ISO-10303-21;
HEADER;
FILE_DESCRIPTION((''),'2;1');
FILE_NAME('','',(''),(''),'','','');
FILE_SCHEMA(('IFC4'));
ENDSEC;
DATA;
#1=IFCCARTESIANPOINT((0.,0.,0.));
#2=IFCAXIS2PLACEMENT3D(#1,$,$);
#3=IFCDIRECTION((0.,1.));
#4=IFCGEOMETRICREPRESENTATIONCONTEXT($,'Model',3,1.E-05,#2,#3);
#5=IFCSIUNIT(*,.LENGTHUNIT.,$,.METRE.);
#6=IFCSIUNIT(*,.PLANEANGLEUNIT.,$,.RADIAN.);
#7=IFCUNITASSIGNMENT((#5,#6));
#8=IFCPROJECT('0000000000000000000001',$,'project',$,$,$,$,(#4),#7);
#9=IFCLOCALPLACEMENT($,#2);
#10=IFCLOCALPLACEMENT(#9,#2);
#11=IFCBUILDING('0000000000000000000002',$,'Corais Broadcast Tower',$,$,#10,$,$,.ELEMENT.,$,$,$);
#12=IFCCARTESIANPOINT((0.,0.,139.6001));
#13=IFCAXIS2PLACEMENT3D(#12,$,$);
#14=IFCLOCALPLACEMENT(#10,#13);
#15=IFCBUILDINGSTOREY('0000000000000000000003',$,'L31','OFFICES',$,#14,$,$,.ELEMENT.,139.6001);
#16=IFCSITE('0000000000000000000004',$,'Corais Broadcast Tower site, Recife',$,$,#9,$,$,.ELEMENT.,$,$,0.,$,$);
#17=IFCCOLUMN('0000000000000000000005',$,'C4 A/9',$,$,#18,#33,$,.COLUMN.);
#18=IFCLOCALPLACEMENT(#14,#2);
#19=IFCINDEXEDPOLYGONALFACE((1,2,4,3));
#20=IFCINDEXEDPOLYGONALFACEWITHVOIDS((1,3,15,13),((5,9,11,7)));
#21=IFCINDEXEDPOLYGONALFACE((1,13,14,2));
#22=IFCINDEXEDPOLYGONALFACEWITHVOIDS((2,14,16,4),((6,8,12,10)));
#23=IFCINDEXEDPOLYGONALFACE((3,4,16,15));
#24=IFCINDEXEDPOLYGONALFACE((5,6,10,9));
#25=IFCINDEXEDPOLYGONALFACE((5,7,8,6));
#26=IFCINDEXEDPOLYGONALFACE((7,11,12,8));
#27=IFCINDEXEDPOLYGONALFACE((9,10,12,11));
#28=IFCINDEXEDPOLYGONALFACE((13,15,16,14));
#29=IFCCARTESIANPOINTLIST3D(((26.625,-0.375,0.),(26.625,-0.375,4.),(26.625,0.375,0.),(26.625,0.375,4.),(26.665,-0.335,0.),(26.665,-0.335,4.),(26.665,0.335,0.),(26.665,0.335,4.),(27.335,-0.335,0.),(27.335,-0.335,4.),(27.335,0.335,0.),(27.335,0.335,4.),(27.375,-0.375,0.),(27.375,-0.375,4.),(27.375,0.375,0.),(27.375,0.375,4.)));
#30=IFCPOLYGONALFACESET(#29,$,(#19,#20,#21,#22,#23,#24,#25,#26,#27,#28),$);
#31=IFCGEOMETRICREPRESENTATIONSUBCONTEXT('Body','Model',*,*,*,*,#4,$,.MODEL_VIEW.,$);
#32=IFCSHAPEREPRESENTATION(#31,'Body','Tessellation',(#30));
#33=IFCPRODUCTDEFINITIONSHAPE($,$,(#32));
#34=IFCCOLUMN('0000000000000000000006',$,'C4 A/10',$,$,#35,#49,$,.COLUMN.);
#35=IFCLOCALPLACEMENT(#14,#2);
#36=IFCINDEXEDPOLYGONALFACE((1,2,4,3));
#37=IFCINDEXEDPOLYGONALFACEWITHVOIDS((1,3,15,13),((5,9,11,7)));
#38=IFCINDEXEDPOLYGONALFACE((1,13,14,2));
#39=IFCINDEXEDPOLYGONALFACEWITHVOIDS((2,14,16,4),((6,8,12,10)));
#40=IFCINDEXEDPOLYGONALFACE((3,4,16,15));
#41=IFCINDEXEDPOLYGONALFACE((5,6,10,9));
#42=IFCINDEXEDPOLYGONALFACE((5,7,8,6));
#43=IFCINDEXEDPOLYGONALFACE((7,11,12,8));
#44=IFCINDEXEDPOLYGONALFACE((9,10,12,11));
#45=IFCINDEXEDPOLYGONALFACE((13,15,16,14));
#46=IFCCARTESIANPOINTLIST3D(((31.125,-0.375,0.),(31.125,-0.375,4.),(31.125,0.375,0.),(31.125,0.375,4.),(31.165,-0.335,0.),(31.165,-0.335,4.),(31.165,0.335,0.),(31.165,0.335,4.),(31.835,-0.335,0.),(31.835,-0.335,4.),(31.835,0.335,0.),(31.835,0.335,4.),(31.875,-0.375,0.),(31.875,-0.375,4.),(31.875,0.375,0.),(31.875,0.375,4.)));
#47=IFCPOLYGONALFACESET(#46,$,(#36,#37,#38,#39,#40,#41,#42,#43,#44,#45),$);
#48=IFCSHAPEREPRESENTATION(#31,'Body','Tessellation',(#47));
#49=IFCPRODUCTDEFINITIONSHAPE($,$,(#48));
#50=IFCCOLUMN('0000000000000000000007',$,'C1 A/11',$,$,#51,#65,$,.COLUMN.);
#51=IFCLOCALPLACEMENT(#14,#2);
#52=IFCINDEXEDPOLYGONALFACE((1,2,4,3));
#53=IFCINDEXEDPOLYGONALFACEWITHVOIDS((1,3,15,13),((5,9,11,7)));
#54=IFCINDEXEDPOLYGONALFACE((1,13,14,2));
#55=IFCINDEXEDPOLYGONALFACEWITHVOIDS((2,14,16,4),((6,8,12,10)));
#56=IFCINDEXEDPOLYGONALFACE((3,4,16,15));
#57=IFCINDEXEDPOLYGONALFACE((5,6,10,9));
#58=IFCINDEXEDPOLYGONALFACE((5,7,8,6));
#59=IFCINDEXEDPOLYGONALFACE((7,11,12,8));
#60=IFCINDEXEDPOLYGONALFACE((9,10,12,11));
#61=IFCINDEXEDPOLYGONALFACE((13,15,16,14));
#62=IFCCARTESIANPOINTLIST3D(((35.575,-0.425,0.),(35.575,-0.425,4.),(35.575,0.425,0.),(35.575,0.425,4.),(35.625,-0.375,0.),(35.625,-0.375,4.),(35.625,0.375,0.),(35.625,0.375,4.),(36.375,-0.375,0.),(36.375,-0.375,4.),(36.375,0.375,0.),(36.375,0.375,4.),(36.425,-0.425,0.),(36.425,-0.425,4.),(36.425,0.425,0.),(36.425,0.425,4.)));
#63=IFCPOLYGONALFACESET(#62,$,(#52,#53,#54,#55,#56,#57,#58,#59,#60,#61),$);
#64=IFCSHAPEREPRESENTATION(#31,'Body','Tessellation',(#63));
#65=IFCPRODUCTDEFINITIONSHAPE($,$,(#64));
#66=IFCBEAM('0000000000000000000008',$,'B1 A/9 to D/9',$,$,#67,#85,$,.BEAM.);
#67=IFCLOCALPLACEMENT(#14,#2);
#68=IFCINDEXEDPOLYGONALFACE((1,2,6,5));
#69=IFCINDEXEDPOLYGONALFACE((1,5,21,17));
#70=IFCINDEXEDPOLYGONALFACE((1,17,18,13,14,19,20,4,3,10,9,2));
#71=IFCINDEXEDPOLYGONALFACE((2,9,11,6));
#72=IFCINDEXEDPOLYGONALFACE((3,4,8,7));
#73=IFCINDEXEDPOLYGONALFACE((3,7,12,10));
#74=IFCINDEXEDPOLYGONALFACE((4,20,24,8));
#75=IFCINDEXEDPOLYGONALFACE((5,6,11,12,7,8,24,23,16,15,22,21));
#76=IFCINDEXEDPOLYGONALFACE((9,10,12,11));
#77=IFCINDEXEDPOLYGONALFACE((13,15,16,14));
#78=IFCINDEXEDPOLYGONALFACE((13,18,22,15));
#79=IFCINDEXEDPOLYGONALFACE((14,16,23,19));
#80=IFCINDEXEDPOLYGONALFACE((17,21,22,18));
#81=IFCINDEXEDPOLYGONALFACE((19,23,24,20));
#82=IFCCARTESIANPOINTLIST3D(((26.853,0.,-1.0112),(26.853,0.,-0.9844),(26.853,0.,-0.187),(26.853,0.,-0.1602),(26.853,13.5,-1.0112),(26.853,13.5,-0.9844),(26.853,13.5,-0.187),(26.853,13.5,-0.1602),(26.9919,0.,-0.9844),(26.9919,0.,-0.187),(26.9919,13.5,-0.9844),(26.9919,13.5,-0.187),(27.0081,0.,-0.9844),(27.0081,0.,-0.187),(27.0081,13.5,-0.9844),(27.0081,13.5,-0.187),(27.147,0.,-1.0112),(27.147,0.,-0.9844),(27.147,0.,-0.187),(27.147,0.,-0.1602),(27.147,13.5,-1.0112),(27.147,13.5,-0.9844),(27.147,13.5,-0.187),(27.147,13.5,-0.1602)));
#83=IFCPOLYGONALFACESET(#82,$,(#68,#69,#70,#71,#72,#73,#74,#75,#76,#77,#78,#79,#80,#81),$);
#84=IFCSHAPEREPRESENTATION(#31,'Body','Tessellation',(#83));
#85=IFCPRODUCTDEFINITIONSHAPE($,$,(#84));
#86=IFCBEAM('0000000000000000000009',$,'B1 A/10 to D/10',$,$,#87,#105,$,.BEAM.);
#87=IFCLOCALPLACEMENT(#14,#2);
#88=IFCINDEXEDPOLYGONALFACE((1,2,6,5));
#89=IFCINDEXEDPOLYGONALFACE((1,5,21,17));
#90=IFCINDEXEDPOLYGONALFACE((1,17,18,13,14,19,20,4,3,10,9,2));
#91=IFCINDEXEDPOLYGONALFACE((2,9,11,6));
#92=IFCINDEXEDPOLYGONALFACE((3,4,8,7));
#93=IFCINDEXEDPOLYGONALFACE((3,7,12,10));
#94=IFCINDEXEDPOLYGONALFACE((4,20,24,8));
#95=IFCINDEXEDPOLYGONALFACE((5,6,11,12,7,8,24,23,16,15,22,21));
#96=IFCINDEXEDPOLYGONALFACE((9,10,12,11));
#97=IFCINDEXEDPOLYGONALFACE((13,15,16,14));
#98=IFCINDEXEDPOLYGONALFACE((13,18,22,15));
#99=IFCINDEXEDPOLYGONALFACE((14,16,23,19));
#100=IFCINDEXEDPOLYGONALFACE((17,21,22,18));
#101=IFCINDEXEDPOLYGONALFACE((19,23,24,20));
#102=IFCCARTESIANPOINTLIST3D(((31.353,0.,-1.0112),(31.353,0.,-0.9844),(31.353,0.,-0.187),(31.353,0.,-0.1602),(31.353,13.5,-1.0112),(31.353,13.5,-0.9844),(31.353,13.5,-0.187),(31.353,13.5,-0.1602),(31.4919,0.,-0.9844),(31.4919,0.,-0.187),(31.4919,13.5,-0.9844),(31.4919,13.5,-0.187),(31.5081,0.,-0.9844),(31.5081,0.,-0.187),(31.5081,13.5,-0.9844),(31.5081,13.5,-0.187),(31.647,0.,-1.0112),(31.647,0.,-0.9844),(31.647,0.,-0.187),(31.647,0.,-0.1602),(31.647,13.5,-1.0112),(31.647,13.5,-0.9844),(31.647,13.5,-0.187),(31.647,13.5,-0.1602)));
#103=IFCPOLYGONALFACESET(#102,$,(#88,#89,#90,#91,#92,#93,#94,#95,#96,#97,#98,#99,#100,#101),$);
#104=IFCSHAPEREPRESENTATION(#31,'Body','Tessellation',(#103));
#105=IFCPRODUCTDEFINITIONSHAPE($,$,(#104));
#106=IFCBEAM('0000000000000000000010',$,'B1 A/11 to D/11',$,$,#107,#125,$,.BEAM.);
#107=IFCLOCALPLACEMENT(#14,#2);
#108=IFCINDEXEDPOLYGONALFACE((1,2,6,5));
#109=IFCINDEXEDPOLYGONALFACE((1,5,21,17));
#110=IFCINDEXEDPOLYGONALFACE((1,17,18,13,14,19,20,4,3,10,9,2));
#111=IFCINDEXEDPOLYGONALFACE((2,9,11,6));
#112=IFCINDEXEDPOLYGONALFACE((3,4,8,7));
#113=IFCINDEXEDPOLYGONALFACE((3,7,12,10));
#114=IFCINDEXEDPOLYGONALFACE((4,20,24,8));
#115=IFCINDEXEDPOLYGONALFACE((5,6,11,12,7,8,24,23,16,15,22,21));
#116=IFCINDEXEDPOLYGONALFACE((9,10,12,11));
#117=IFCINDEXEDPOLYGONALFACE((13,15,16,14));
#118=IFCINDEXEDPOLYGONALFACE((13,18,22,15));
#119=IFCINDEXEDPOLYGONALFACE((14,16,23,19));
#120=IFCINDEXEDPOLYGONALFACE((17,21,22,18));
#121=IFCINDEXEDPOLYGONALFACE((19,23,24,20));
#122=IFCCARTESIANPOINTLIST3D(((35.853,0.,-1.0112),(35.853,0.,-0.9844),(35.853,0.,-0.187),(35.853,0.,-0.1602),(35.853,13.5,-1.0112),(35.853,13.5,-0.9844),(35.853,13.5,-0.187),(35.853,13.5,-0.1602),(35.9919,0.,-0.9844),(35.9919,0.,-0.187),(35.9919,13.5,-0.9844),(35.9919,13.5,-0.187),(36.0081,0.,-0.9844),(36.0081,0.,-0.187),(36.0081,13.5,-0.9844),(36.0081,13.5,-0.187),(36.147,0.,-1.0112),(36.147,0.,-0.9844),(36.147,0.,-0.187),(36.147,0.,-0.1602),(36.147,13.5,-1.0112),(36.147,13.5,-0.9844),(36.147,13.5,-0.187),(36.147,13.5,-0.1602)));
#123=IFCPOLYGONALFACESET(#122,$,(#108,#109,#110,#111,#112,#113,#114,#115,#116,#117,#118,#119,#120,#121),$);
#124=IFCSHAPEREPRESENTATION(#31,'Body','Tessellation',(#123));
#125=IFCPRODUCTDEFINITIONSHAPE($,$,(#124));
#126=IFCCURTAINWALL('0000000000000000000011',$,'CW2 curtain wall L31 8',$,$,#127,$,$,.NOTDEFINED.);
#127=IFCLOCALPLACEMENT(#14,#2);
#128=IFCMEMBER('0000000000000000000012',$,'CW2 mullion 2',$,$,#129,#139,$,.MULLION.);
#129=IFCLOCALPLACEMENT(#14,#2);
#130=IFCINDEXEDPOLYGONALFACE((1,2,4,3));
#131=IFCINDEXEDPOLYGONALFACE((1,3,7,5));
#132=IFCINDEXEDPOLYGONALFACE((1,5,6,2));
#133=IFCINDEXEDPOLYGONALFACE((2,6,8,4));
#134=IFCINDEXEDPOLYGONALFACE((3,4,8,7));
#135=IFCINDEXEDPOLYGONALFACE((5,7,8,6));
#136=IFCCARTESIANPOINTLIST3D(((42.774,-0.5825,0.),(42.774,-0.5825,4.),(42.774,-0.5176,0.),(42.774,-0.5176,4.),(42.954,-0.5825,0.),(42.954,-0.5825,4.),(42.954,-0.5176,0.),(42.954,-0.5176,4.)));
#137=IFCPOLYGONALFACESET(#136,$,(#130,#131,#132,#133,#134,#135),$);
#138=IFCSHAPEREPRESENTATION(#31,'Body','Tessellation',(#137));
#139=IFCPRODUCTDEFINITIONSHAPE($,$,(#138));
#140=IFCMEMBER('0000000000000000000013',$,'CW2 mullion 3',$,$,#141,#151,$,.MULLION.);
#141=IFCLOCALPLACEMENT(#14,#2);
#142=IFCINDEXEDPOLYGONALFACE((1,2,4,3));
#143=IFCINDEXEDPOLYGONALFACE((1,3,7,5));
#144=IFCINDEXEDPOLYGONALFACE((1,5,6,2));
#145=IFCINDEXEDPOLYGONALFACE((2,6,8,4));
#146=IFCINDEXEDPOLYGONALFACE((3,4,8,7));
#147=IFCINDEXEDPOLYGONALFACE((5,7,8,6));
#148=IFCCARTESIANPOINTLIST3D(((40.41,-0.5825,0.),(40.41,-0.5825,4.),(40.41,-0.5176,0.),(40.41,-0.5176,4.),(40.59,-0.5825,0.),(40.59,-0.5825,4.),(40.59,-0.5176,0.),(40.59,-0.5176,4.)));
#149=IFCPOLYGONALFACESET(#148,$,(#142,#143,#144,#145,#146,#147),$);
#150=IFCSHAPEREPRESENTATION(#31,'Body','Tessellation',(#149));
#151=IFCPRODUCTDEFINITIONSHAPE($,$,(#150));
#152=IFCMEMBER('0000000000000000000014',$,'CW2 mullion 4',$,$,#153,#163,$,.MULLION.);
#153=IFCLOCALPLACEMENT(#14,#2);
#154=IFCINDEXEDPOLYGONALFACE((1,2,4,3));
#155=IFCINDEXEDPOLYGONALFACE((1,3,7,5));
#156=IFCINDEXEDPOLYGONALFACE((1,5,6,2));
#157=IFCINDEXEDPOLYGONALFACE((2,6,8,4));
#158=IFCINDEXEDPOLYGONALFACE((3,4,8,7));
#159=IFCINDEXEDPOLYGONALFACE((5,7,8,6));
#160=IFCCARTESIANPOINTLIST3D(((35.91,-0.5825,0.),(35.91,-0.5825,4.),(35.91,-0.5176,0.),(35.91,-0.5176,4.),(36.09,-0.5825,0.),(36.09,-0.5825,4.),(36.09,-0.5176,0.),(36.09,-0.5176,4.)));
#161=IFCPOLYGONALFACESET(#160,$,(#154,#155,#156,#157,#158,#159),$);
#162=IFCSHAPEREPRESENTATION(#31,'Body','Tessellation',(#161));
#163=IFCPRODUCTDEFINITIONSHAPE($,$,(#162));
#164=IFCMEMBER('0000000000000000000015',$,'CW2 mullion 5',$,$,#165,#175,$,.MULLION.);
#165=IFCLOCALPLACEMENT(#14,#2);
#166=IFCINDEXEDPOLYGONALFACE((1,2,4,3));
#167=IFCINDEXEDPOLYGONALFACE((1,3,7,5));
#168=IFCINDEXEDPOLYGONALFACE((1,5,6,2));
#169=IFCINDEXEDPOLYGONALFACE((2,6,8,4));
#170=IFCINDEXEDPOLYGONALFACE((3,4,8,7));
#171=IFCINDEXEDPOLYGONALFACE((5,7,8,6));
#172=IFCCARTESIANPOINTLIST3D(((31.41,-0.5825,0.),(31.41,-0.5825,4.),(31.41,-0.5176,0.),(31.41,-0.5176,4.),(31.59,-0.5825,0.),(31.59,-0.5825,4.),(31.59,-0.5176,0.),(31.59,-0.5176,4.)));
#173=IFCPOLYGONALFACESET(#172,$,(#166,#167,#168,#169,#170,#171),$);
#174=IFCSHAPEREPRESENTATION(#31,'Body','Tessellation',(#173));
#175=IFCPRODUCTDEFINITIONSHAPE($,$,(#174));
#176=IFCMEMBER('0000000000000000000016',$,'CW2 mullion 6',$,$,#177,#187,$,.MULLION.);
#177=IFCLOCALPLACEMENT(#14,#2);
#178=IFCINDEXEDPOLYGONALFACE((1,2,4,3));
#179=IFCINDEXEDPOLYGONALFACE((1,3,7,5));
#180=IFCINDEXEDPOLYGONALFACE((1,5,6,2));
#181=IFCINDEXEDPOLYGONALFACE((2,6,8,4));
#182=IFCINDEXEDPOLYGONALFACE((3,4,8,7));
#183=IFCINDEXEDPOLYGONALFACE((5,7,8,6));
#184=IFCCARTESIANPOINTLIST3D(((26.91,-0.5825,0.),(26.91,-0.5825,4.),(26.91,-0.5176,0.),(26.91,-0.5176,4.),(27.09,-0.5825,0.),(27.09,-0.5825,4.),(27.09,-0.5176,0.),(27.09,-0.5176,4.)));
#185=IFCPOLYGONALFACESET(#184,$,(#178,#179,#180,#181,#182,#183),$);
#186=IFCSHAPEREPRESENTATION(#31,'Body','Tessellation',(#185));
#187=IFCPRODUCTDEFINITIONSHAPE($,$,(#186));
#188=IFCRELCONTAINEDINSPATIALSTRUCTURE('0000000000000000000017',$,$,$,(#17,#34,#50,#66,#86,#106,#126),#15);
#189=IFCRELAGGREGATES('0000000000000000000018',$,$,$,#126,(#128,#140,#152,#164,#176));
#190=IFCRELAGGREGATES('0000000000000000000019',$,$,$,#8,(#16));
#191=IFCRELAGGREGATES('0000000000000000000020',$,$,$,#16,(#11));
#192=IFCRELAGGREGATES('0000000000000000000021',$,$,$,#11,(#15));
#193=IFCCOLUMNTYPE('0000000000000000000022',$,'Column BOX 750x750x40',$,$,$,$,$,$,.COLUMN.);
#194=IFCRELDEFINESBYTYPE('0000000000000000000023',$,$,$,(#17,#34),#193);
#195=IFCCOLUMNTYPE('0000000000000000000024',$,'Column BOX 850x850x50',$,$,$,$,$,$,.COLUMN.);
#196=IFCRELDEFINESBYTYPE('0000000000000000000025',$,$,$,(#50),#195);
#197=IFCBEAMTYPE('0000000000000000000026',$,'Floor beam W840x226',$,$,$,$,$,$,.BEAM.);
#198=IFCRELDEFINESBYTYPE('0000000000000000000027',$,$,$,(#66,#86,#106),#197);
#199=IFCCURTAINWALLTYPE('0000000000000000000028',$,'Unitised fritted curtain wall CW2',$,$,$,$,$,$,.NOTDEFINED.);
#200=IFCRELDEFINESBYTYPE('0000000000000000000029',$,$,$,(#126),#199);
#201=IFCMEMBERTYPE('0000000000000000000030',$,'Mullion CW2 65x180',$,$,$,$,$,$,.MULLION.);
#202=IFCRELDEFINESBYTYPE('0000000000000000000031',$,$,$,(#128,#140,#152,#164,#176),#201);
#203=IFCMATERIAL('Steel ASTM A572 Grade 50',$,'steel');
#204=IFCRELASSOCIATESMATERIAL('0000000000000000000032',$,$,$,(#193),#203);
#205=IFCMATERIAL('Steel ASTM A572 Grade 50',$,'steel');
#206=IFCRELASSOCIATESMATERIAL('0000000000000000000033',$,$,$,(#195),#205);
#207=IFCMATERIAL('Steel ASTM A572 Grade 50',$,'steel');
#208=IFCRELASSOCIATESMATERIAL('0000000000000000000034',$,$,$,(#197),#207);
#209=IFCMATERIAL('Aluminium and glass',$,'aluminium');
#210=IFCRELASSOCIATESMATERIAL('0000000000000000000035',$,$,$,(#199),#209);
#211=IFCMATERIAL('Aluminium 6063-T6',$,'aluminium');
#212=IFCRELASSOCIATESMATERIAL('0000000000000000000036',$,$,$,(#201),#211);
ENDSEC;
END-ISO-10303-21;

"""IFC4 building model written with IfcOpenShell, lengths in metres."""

from ifc_helpers import new_model, si_unit, direction, frame, origin, origin_2d, place, context, subcontext, project, spatial, rectangle, hollow_rectangle, i_section, extrude, material, material_profile, profile_set, type_object, element, aggregate, save


model = new_model("IFC4")

# Units and contexts
model_context = context("Model", 3, precision=1e-05, world=origin(), true_north=direction((0.0, 1.0)))
body_context = subcontext(model_context, "Body", "Model", "MODEL_VIEW")
ifc_project = project(units=[si_unit("LENGTHUNIT", "METRE"), si_unit("PLANEANGLEUNIT", "RADIAN")], contexts=[model_context])

# Site, building, storey
site_placement = place(None, origin())
site = spatial("IfcSite", under=ifc_project, at=site_placement, Name="Corais Broadcast Tower site, Recife", CompositionType="ELEMENT", RefElevation=0.0)
building_placement = place(site_placement, origin())
building = spatial("IfcBuilding", under=site, at=building_placement, Name="Corais Broadcast Tower", CompositionType="ELEMENT")
storey_placement = place(building_placement, frame((0.0, 0.0, 139.6001)))
storey = spatial("IfcBuildingStorey", under=building, at=storey_placement, Name="L31", Description="OFFICES", CompositionType="ELEMENT", Elevation=139.6001)

# Columns
ifc_material_1 = material(Name="Steel ASTM A572 Grade 50", Category="steel")
ifc_material_profile_1 = material_profile(ifc_material_1, hollow_rectangle(XDim=0.75, YDim=0.75, WallThickness=0.04, at=origin_2d()), Name="BOX 750x750x40")
ifc_profile_set_1 = profile_set([ifc_material_profile_1], Name="Steel ASTM A572 Grade 50")
column_type_1 = type_object("IfcColumnType", Name="Column BOX 750x750x40", PredefinedType="COLUMN", material=ifc_profile_set_1)
for number, where, z_axis, x_axis, name in (
    (1, (27.0, 0.0, 0.0), (0.0, 0.0, 1.0), (1.0, 0.0, 0.0), "C4 A/9"),
    (2, (31.5, 0.0, 0.0), (0.0, 0.0, 1.0), (1.0, 0.0, 0.0), "C4 A/10"),
):
    element("IfcColumn", number, at=place(storey_placement, frame(where, z_axis=z_axis, x_axis=x_axis)), inside=storey, type_object=column_type_1, Name=name, PredefinedType="COLUMN", context=body_context, shape_type="SweptSolid", body=[
        extrude(hollow_rectangle(XDim=0.75, YDim=0.75, WallThickness=0.04, at=origin_2d()), origin(), (0.0, 0.0, 1.0), 4.0),
    ])
ifc_material_2 = material(Name="Steel ASTM A572 Grade 50", Category="steel")
ifc_material_profile_2 = material_profile(ifc_material_2, hollow_rectangle(XDim=0.8501, YDim=0.8501, WallThickness=0.05, at=origin_2d()), Name="BOX 850x850x50")
ifc_profile_set_2 = profile_set([ifc_material_profile_2], Name="Steel ASTM A572 Grade 50")
column_type_2 = type_object("IfcColumnType", Name="Column BOX 850x850x50", PredefinedType="COLUMN", material=ifc_profile_set_2)
column_placement = place(storey_placement, frame((36.0, 0.0, 0.0), z_axis=(0.0, 0.0, 1.0), x_axis=(1.0, 0.0, 0.0)))
element("IfcColumn", 3, at=column_placement, inside=storey, type_object=column_type_2, Name="C1 A/11", PredefinedType="COLUMN", context=body_context, shape_type="SweptSolid", body=[
    extrude(hollow_rectangle(XDim=0.8501, YDim=0.8501, WallThickness=0.05, at=origin_2d()), origin(), (0.0, 0.0, 1.0), 4.0),
])

# Beams
ifc_material_3 = material(Name="Steel ASTM A572 Grade 50", Category="steel")
ifc_material_profile_3 = material_profile(ifc_material_3, i_section(OverallWidth=0.2939, OverallDepth=0.8511, WebThickness=0.0161, FlangeThickness=0.0269, at=origin_2d()), Name="W840x226")
ifc_profile_set_3 = profile_set([ifc_material_profile_3], Name="Steel ASTM A572 Grade 50")
beam_type_1 = type_object("IfcBeamType", Name="Floor beam W840x226", PredefinedType="BEAM", material=ifc_profile_set_3)
for number, where, z_axis, x_axis, name in (
    (4, (27.0, 0.0, -0.5857), (0.0, 1.0, 0.0), (-1.0, 0.0, 0.0), "B1 A/9 to D/9"),
    (5, (31.5, 0.0, -0.5857), (0.0, 1.0, 0.0), (-1.0, 0.0, 0.0), "B1 A/10 to D/10"),
    (6, (36.0, 0.0, -0.5857), (0.0, 1.0, 0.0), (-1.0, 0.0, 0.0), "B1 A/11 to D/11"),
):
    element("IfcBeam", number, at=place(storey_placement, frame(where, z_axis=z_axis, x_axis=x_axis)), inside=storey, type_object=beam_type_1, Name=name, PredefinedType="BEAM", context=body_context, shape_type="SweptSolid", body=[
        extrude(i_section(OverallWidth=0.2939, OverallDepth=0.8511, WebThickness=0.0161, FlangeThickness=0.0269, at=origin_2d()), origin(), (0.0, 0.0, 1.0), 13.5),
    ])

# Curtain wall, members
ifc_material_4 = material(Name="Aluminium and glass", Category="aluminium")
curtain_wall_type = type_object("IfcCurtainWallType", Name="Unitised fritted curtain wall CW2", PredefinedType="NOTDEFINED", material=ifc_material_4)
curtain_wall_placement = place(storey_placement, origin())
curtain_wall = element("IfcCurtainWall", 7, at=curtain_wall_placement, inside=storey, type_object=curtain_wall_type, Name="CW2 curtain wall L31 8", PredefinedType="NOTDEFINED")
ifc_material_5 = material(Name="Aluminium 6063-T6", Category="aluminium")
ifc_material_profile_4 = material_profile(ifc_material_5, rectangle(XDim=0.0649, YDim=0.1799, at=origin_2d()), Name="Mullion CW2 65x180")
ifc_profile_set_4 = profile_set([ifc_material_profile_4], Name="Aluminium 6063-T6")
member_type_1 = type_object("IfcMemberType", Name="Mullion CW2 65x180", PredefinedType="MULLION", material=ifc_profile_set_4)
member_1_placement = place(storey_placement, frame((42.864, -0.55, 0.0), z_axis=(0.0, 0.0, 1.0), x_axis=(0.0, -1.0, 0.0)))
member_1 = element("IfcMember", 8, at=member_1_placement, type_object=member_type_1, Name="CW2 mullion 2", PredefinedType="MULLION", context=body_context, shape_type="SweptSolid", body=[
    extrude(rectangle(XDim=0.0649, YDim=0.1799, at=origin_2d()), origin(), (0.0, 0.0, 1.0), 4.0),
])
member_2_placement = place(storey_placement, frame((40.5, -0.55, 0.0), z_axis=(0.0, 0.0, 1.0), x_axis=(0.0, -1.0, 0.0)))
member_2 = element("IfcMember", 9, at=member_2_placement, type_object=member_type_1, Name="CW2 mullion 3", PredefinedType="MULLION", context=body_context, shape_type="SweptSolid", body=[
    extrude(rectangle(XDim=0.0649, YDim=0.1799, at=origin_2d()), origin(), (0.0, 0.0, 1.0), 4.0),
])
member_3_placement = place(storey_placement, frame((36.0, -0.55, 0.0), z_axis=(0.0, 0.0, 1.0), x_axis=(0.0, -1.0, 0.0)))
member_3 = element("IfcMember", 10, at=member_3_placement, type_object=member_type_1, Name="CW2 mullion 4", PredefinedType="MULLION", context=body_context, shape_type="SweptSolid", body=[
    extrude(rectangle(XDim=0.0649, YDim=0.1799, at=origin_2d()), origin(), (0.0, 0.0, 1.0), 4.0),
])
member_4_placement = place(storey_placement, frame((31.5, -0.55, 0.0), z_axis=(0.0, 0.0, 1.0), x_axis=(0.0, -1.0, 0.0)))
member_4 = element("IfcMember", 11, at=member_4_placement, type_object=member_type_1, Name="CW2 mullion 5", PredefinedType="MULLION", context=body_context, shape_type="SweptSolid", body=[
    extrude(rectangle(XDim=0.0649, YDim=0.1799, at=origin_2d()), origin(), (0.0, 0.0, 1.0), 4.0),
])
member_5_placement = place(storey_placement, frame((27.0, -0.55, 0.0), z_axis=(0.0, 0.0, 1.0), x_axis=(0.0, -1.0, 0.0)))
member_5 = element("IfcMember", 12, at=member_5_placement, type_object=member_type_1, Name="CW2 mullion 6", PredefinedType="MULLION", context=body_context, shape_type="SweptSolid", body=[
    extrude(rectangle(XDim=0.0649, YDim=0.1799, at=origin_2d()), origin(), (0.0, 0.0, 1.0), 4.0),
])

aggregate(curtain_wall, [member_1, member_2, member_3, member_4, member_5])

save(model, "model.ifc")
